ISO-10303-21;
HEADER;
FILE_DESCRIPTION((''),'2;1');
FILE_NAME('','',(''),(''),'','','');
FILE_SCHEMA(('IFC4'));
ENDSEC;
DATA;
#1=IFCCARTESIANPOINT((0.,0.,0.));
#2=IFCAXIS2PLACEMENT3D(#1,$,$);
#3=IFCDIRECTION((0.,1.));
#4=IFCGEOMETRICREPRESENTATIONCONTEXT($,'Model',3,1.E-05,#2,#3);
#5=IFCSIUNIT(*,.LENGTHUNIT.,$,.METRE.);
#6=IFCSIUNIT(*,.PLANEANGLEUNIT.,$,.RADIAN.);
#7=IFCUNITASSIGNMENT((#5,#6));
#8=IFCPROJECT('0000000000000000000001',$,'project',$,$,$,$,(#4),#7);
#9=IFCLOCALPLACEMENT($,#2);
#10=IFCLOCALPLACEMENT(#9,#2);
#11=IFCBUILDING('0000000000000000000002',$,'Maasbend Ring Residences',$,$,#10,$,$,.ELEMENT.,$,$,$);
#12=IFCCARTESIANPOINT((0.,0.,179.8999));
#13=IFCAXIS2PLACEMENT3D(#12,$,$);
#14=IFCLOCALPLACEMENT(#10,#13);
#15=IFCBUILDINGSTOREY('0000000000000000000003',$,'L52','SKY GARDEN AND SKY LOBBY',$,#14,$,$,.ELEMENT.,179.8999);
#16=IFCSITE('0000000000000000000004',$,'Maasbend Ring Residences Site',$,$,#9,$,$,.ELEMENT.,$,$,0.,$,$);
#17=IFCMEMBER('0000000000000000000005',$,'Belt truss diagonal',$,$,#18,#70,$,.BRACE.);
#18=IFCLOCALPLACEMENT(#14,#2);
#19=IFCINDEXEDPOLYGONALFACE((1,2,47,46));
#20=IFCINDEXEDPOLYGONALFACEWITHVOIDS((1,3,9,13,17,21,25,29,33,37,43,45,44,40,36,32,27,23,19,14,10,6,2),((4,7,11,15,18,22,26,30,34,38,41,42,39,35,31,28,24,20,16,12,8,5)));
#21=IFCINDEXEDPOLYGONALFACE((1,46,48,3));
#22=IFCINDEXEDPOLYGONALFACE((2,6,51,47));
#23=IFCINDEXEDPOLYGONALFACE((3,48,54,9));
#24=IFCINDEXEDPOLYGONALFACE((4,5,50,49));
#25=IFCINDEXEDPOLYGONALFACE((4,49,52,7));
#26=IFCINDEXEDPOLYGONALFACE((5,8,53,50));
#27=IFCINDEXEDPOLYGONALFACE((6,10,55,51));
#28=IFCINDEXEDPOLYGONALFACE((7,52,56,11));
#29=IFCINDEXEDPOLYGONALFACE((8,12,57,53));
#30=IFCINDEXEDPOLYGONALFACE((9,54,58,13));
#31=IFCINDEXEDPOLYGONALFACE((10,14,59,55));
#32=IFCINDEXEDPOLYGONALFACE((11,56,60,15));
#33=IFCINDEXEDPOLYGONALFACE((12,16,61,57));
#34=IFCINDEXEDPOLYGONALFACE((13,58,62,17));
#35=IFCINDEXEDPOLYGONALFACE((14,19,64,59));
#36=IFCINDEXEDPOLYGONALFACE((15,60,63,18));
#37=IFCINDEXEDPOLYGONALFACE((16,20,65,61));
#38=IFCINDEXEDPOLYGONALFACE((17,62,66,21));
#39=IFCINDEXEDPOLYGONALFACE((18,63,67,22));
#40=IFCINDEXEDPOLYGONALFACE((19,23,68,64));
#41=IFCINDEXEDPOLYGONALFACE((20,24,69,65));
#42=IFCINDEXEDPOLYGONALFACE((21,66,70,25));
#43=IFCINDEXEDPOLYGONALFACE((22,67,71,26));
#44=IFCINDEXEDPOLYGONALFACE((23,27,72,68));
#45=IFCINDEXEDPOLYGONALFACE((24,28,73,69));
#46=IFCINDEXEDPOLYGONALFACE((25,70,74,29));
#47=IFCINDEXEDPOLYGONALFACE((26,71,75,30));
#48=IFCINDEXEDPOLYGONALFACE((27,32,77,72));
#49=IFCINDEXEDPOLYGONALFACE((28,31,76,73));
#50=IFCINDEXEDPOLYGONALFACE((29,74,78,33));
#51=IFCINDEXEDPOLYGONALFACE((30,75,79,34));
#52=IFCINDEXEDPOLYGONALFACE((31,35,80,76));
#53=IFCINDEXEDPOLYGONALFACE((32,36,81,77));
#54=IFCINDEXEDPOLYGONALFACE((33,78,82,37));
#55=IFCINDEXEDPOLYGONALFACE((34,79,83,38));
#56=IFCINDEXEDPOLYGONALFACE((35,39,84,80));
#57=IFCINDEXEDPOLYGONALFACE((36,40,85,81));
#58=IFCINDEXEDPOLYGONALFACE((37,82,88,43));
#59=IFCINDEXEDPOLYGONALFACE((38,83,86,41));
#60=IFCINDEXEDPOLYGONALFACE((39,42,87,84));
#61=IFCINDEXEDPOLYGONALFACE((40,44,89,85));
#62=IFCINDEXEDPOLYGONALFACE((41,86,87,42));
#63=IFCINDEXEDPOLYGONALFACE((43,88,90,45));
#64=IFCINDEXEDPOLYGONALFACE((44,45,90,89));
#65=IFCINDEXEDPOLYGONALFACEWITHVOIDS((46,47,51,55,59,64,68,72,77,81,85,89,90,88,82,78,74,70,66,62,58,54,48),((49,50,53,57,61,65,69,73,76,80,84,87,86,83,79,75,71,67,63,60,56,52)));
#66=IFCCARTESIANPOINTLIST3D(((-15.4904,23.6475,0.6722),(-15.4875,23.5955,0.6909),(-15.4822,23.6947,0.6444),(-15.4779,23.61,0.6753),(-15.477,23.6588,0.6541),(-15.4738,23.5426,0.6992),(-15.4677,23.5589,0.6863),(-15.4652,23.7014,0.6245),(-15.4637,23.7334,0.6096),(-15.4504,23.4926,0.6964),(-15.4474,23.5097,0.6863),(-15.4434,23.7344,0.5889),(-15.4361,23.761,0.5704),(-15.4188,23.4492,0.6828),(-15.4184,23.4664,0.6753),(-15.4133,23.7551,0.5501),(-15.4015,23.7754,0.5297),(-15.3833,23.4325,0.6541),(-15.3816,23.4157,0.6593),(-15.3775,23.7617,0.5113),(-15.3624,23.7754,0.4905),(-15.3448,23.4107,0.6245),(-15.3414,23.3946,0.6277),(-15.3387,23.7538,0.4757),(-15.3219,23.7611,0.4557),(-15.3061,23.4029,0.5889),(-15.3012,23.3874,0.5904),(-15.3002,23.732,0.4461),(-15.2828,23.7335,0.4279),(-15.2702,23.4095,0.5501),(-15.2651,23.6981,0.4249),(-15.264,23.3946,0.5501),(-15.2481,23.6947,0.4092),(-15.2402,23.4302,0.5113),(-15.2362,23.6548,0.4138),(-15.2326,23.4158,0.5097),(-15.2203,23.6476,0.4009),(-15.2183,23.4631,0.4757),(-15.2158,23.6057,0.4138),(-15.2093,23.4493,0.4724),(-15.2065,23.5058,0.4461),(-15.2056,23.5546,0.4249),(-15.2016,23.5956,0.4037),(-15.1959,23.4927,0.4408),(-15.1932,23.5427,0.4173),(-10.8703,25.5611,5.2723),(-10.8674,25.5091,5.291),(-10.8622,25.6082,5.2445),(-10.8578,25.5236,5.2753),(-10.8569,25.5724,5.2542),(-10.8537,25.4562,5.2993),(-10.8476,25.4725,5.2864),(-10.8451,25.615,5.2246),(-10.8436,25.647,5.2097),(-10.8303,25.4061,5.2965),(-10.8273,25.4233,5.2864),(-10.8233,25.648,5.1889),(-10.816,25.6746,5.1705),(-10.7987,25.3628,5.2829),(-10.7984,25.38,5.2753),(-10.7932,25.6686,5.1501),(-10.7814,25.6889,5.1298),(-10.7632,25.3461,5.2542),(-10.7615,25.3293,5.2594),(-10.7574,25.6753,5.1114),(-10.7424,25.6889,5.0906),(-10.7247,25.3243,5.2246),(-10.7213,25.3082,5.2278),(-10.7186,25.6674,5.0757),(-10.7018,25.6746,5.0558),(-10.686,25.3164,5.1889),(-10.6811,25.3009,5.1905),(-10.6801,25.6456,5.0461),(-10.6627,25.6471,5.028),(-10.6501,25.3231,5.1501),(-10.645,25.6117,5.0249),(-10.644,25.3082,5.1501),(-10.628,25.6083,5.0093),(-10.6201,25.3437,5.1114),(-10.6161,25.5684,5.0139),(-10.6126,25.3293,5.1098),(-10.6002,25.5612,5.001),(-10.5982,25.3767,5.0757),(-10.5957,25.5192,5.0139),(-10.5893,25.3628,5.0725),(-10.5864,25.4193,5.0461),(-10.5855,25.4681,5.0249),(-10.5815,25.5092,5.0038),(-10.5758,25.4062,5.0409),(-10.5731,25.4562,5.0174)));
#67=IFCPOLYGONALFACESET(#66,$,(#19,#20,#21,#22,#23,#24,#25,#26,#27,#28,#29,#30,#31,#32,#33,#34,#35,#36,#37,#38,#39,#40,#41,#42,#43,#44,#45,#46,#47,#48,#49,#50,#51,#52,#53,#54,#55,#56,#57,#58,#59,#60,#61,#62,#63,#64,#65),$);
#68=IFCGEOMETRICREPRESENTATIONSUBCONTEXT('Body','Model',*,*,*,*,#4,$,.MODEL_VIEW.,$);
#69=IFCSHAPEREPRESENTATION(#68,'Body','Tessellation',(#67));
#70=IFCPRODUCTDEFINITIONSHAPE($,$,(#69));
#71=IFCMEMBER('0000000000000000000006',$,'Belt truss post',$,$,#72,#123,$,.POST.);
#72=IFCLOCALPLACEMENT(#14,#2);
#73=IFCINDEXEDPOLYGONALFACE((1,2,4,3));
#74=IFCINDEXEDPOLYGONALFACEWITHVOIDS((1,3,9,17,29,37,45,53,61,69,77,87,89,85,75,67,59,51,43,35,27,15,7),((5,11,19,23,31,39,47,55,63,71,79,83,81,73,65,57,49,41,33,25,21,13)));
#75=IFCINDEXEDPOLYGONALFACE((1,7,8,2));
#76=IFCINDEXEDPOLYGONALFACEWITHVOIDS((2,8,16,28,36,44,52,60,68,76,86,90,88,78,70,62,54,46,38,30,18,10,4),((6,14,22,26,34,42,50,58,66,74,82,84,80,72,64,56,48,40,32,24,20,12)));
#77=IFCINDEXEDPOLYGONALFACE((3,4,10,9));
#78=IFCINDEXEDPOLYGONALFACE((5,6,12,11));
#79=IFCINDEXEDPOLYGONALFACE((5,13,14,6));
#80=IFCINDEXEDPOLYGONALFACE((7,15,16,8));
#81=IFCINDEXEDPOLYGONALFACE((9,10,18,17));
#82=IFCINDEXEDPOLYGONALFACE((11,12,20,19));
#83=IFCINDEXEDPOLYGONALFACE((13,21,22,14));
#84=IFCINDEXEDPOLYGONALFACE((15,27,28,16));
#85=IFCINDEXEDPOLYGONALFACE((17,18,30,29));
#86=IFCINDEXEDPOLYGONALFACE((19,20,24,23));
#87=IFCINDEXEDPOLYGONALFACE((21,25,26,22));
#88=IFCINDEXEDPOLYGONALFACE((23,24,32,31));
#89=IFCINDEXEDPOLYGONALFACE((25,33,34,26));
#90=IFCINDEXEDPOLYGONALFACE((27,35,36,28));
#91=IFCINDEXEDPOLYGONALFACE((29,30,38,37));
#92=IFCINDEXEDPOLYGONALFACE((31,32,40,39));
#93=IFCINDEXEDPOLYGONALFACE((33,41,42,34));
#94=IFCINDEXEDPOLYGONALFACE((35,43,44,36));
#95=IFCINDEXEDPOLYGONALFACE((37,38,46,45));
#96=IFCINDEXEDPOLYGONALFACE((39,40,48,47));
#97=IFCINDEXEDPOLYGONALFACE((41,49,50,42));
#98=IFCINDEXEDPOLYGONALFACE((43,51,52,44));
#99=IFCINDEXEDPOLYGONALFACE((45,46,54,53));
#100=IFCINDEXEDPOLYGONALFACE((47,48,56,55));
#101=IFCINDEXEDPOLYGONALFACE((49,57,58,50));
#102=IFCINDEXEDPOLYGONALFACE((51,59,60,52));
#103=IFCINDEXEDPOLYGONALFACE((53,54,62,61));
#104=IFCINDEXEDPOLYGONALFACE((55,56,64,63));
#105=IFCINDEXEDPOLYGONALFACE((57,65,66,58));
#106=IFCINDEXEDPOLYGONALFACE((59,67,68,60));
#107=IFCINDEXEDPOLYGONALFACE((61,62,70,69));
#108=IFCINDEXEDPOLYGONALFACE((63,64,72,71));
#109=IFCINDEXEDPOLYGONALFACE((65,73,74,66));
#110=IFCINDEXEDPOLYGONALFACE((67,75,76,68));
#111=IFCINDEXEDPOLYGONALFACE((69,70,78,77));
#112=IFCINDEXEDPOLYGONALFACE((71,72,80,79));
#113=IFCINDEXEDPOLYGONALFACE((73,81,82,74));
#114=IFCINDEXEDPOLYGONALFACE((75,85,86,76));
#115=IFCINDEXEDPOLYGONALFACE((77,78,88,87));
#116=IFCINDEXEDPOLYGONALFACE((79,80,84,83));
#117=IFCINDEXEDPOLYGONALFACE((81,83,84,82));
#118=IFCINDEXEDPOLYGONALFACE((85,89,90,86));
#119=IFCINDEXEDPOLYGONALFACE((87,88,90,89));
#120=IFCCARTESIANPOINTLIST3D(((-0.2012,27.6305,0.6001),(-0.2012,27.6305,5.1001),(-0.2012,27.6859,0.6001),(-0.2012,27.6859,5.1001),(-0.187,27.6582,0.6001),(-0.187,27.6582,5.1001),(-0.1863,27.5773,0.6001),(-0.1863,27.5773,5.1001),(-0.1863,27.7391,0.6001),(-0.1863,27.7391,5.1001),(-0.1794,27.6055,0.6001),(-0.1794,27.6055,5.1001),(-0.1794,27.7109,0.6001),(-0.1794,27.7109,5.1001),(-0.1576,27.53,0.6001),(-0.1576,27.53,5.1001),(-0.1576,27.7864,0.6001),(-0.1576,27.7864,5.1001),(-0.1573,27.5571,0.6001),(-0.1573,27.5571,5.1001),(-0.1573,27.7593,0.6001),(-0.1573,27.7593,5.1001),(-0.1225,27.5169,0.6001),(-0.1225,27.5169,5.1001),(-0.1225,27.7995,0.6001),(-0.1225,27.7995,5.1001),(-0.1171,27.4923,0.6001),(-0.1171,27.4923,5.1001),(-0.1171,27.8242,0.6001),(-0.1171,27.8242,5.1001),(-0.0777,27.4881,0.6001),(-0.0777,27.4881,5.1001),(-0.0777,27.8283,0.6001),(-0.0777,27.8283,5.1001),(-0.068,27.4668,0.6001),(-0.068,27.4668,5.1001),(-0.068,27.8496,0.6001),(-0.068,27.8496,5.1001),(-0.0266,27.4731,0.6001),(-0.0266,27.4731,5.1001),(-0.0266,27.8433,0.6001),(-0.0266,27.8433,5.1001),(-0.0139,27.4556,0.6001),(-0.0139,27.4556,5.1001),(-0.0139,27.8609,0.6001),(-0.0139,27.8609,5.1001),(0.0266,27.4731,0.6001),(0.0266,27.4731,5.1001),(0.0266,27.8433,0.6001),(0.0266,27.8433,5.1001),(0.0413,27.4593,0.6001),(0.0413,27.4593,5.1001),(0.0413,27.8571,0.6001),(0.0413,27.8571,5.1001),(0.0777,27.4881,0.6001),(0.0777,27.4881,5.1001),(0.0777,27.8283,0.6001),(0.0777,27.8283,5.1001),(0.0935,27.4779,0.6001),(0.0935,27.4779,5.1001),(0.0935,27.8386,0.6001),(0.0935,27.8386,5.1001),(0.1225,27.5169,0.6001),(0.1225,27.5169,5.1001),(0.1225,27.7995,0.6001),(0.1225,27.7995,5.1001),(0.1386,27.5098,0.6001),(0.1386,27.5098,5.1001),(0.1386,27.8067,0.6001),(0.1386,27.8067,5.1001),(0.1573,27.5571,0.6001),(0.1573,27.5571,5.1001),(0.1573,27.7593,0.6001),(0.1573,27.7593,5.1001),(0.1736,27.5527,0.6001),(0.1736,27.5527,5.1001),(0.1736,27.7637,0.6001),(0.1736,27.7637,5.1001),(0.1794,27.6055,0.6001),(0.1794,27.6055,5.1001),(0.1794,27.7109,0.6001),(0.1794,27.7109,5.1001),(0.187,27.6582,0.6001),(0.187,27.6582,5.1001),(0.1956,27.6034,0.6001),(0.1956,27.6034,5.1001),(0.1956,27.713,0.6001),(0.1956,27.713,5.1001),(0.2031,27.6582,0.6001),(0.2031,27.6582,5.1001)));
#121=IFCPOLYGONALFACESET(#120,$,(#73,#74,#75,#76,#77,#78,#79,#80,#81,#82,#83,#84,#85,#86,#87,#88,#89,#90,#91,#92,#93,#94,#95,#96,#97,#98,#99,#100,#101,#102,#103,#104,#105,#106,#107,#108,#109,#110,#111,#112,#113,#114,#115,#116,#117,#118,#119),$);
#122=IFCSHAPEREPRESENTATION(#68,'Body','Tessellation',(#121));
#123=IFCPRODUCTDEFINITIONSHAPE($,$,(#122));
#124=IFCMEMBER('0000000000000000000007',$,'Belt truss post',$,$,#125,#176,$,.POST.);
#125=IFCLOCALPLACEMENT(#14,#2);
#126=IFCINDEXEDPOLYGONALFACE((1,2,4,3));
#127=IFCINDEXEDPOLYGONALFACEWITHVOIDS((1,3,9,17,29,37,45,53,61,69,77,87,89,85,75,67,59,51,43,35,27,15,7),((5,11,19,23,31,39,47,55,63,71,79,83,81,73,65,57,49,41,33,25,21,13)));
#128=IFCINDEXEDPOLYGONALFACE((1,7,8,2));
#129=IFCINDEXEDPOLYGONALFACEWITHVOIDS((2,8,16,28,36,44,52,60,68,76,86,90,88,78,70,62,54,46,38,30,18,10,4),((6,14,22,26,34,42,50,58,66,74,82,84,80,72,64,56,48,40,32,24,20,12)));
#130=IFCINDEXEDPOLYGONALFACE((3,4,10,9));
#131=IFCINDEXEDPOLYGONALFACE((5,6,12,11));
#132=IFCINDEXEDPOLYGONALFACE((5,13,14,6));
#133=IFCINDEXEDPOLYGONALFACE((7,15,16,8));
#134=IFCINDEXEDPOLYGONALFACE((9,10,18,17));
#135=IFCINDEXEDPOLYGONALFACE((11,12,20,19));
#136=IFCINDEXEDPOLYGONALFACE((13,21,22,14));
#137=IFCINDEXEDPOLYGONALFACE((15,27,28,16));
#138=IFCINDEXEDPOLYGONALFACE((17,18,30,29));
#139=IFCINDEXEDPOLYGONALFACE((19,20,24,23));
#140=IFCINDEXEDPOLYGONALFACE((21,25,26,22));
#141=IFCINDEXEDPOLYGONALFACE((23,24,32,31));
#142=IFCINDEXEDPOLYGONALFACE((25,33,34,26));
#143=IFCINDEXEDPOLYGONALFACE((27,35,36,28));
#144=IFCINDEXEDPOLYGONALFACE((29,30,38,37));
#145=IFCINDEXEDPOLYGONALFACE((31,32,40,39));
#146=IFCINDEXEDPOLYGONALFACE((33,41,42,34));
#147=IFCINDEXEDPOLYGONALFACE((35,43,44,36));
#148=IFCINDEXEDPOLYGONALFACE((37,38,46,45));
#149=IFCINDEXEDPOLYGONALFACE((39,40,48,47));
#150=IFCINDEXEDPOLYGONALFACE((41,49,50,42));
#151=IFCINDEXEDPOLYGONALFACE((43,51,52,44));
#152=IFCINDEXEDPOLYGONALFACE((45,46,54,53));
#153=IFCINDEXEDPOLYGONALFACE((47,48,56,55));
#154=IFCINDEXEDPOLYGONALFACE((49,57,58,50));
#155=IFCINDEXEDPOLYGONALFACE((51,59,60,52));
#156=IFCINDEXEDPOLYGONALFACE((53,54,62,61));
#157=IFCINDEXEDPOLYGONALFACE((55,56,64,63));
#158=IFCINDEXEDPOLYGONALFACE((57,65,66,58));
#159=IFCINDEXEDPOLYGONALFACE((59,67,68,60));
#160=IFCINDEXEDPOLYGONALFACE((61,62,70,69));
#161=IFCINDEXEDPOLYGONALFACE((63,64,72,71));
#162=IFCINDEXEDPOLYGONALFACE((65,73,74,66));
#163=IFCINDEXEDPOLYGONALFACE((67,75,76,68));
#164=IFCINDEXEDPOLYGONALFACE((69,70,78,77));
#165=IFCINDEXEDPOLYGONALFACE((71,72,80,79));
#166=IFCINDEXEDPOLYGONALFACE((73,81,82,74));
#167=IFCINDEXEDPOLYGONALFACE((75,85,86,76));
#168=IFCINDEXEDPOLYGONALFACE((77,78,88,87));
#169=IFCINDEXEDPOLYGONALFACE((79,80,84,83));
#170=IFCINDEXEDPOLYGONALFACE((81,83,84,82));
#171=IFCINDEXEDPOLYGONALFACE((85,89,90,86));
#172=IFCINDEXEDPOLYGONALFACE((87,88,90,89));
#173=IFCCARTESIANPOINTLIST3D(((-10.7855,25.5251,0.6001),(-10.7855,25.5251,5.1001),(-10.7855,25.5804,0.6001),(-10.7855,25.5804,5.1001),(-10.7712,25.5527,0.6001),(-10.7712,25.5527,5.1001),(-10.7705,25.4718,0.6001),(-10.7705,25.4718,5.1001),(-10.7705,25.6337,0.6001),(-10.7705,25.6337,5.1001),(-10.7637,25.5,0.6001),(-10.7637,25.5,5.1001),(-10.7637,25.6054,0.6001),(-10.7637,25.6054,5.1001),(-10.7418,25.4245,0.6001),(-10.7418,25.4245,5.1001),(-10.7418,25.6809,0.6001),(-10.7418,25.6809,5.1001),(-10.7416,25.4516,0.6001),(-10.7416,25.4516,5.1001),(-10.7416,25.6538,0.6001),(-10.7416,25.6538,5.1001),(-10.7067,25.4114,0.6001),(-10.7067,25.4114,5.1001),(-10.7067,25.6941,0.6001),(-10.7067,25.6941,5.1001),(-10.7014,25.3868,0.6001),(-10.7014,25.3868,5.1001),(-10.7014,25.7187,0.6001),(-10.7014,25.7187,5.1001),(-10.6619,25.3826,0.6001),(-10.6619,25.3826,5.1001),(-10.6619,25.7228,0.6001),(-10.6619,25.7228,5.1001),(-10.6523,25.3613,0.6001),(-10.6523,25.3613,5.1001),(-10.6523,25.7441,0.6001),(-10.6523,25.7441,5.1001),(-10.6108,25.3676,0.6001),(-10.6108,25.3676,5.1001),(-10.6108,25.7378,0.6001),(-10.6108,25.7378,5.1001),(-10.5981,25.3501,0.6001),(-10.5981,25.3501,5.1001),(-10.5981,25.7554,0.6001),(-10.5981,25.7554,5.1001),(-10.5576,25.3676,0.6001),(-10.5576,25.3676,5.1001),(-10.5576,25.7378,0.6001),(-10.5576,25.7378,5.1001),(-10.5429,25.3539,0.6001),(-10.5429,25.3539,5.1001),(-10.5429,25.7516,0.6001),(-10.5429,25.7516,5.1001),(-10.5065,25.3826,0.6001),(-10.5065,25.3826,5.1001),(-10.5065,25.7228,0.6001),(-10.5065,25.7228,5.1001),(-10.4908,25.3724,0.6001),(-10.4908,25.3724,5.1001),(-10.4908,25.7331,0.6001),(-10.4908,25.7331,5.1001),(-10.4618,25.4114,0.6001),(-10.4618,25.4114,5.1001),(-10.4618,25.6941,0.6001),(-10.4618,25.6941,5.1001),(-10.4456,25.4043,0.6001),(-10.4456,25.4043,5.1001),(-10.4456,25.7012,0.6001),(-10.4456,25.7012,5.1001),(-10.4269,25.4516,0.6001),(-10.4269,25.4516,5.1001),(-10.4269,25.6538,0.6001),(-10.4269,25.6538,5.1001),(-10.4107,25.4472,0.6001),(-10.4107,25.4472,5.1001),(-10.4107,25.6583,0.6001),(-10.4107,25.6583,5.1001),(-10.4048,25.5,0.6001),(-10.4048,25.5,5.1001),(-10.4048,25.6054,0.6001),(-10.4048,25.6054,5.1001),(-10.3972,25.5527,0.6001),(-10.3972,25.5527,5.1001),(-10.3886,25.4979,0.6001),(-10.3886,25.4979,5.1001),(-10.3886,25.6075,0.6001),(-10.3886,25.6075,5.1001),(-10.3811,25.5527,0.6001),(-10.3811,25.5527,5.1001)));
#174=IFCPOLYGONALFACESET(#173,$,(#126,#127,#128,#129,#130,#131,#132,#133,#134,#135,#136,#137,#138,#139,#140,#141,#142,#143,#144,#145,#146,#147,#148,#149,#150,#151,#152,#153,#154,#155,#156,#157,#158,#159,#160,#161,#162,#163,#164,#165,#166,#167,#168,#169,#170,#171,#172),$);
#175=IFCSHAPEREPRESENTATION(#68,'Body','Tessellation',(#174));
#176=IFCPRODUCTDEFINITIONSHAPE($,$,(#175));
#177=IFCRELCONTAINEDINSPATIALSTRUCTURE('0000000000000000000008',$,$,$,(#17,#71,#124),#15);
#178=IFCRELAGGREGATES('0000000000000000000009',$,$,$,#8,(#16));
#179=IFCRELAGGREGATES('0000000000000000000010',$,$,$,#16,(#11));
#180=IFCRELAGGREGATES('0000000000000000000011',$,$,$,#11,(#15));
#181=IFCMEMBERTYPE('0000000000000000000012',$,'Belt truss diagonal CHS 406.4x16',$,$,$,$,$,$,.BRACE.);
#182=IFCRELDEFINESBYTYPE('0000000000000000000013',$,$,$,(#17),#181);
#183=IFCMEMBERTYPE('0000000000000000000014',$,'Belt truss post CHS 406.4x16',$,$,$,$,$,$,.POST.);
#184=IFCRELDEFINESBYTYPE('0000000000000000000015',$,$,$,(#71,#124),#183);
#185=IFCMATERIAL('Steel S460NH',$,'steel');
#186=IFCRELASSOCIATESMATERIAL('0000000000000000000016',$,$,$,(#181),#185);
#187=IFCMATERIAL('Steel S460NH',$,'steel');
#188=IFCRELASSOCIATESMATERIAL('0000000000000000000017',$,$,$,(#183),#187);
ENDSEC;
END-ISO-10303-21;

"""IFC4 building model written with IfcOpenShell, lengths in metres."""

from ifc_helpers import new_model, si_unit, direction, frame, origin, origin_2d, place, context, subcontext, project, spatial, hollow_circle, extrude, material, material_profile, profile_set, type_object, element, save


model = new_model("IFC4")

# Units and contexts
model_context = context("Model", 3, precision=1e-05, world=origin(), true_north=direction((0.0, 1.0)))
body_context = subcontext(model_context, "Body", "Model", "MODEL_VIEW")
ifc_project = project(units=[si_unit("LENGTHUNIT", "METRE"), si_unit("PLANEANGLEUNIT", "RADIAN")], contexts=[model_context])

# Site, building, storey
site_placement = place(None, origin())
site = spatial("IfcSite", under=ifc_project, at=site_placement, Name="Maasbend Ring Residences Site", CompositionType="ELEMENT", RefElevation=0.0)
building_placement = place(site_placement, origin())
building = spatial("IfcBuilding", under=site, at=building_placement, Name="Maasbend Ring Residences", CompositionType="ELEMENT")
storey_placement = place(building_placement, frame((0.0, 0.0, 179.8999)))
storey = spatial("IfcBuildingStorey", under=building, at=storey_placement, Name="L52", Description="SKY GARDEN AND SKY LOBBY", CompositionType="ELEMENT", Elevation=179.8999)

# Members
ifc_material_1 = material(Name="Steel S460NH", Category="steel")
ifc_material_profile_1 = material_profile(ifc_material_1, hollow_circle(Radius=0.2031, WallThickness=0.0161, at=origin_2d()), Name="Belt truss diagonal CHS 406.4x16")
ifc_profile_set_1 = profile_set([ifc_material_profile_1], Name="Steel S460NH")
member_type_1 = type_object("IfcMemberType", Name="Belt truss diagonal CHS 406.4x16", PredefinedType="BRACE", material=ifc_profile_set_1)
member_1_placement = place(storey_placement, frame((-10.7217, 25.4958, 5.1501), z_axis=(-0.679957, -0.281627, -0.677011), x_axis=(0.382659, -0.923889, 0.0)))
element("IfcMember", 1, at=member_1_placement, inside=storey, type_object=member_type_1, Name="Belt truss diagonal", PredefinedType="BRACE", context=body_context, shape_type="SweptSolid", body=[
    extrude(hollow_circle(Radius=0.2031, WallThickness=0.0161, at=origin_2d()), origin(), (0.0, 0.0, 1.0), 6.7947),
])
ifc_material_2 = material(Name="Steel S460NH", Category="steel")
ifc_material_profile_2 = material_profile(ifc_material_2, hollow_circle(Radius=0.2031, WallThickness=0.0161, at=origin_2d()), Name="Belt truss post CHS 406.4x16")
ifc_profile_set_2 = profile_set([ifc_material_profile_2], Name="Steel S460NH")
member_type_2 = type_object("IfcMemberType", Name="Belt truss post CHS 406.4x16", PredefinedType="POST", material=ifc_profile_set_2)
for number, where, z_axis, x_axis, name in (
    (2, (0.0, 27.6582, 0.6001), (0.0, 0.0, 1.0), (1.0, 0.0, 0.0), "Belt truss post"),
    (3, (-10.5842, 25.5527, 0.6001), (0.0, 0.0, 1.0), (1.0, 0.0, 0.0), "Belt truss post"),
):
    element("IfcMember", number, at=place(storey_placement, frame(where, z_axis=z_axis, x_axis=x_axis)), inside=storey, type_object=member_type_2, Name=name, PredefinedType="POST", context=body_context, shape_type="SweptSolid", body=[
        extrude(hollow_circle(Radius=0.2031, WallThickness=0.0161, at=origin_2d()), origin(), (0.0, 0.0, 1.0), 4.5),
    ])

save(model, "model.ifc")
